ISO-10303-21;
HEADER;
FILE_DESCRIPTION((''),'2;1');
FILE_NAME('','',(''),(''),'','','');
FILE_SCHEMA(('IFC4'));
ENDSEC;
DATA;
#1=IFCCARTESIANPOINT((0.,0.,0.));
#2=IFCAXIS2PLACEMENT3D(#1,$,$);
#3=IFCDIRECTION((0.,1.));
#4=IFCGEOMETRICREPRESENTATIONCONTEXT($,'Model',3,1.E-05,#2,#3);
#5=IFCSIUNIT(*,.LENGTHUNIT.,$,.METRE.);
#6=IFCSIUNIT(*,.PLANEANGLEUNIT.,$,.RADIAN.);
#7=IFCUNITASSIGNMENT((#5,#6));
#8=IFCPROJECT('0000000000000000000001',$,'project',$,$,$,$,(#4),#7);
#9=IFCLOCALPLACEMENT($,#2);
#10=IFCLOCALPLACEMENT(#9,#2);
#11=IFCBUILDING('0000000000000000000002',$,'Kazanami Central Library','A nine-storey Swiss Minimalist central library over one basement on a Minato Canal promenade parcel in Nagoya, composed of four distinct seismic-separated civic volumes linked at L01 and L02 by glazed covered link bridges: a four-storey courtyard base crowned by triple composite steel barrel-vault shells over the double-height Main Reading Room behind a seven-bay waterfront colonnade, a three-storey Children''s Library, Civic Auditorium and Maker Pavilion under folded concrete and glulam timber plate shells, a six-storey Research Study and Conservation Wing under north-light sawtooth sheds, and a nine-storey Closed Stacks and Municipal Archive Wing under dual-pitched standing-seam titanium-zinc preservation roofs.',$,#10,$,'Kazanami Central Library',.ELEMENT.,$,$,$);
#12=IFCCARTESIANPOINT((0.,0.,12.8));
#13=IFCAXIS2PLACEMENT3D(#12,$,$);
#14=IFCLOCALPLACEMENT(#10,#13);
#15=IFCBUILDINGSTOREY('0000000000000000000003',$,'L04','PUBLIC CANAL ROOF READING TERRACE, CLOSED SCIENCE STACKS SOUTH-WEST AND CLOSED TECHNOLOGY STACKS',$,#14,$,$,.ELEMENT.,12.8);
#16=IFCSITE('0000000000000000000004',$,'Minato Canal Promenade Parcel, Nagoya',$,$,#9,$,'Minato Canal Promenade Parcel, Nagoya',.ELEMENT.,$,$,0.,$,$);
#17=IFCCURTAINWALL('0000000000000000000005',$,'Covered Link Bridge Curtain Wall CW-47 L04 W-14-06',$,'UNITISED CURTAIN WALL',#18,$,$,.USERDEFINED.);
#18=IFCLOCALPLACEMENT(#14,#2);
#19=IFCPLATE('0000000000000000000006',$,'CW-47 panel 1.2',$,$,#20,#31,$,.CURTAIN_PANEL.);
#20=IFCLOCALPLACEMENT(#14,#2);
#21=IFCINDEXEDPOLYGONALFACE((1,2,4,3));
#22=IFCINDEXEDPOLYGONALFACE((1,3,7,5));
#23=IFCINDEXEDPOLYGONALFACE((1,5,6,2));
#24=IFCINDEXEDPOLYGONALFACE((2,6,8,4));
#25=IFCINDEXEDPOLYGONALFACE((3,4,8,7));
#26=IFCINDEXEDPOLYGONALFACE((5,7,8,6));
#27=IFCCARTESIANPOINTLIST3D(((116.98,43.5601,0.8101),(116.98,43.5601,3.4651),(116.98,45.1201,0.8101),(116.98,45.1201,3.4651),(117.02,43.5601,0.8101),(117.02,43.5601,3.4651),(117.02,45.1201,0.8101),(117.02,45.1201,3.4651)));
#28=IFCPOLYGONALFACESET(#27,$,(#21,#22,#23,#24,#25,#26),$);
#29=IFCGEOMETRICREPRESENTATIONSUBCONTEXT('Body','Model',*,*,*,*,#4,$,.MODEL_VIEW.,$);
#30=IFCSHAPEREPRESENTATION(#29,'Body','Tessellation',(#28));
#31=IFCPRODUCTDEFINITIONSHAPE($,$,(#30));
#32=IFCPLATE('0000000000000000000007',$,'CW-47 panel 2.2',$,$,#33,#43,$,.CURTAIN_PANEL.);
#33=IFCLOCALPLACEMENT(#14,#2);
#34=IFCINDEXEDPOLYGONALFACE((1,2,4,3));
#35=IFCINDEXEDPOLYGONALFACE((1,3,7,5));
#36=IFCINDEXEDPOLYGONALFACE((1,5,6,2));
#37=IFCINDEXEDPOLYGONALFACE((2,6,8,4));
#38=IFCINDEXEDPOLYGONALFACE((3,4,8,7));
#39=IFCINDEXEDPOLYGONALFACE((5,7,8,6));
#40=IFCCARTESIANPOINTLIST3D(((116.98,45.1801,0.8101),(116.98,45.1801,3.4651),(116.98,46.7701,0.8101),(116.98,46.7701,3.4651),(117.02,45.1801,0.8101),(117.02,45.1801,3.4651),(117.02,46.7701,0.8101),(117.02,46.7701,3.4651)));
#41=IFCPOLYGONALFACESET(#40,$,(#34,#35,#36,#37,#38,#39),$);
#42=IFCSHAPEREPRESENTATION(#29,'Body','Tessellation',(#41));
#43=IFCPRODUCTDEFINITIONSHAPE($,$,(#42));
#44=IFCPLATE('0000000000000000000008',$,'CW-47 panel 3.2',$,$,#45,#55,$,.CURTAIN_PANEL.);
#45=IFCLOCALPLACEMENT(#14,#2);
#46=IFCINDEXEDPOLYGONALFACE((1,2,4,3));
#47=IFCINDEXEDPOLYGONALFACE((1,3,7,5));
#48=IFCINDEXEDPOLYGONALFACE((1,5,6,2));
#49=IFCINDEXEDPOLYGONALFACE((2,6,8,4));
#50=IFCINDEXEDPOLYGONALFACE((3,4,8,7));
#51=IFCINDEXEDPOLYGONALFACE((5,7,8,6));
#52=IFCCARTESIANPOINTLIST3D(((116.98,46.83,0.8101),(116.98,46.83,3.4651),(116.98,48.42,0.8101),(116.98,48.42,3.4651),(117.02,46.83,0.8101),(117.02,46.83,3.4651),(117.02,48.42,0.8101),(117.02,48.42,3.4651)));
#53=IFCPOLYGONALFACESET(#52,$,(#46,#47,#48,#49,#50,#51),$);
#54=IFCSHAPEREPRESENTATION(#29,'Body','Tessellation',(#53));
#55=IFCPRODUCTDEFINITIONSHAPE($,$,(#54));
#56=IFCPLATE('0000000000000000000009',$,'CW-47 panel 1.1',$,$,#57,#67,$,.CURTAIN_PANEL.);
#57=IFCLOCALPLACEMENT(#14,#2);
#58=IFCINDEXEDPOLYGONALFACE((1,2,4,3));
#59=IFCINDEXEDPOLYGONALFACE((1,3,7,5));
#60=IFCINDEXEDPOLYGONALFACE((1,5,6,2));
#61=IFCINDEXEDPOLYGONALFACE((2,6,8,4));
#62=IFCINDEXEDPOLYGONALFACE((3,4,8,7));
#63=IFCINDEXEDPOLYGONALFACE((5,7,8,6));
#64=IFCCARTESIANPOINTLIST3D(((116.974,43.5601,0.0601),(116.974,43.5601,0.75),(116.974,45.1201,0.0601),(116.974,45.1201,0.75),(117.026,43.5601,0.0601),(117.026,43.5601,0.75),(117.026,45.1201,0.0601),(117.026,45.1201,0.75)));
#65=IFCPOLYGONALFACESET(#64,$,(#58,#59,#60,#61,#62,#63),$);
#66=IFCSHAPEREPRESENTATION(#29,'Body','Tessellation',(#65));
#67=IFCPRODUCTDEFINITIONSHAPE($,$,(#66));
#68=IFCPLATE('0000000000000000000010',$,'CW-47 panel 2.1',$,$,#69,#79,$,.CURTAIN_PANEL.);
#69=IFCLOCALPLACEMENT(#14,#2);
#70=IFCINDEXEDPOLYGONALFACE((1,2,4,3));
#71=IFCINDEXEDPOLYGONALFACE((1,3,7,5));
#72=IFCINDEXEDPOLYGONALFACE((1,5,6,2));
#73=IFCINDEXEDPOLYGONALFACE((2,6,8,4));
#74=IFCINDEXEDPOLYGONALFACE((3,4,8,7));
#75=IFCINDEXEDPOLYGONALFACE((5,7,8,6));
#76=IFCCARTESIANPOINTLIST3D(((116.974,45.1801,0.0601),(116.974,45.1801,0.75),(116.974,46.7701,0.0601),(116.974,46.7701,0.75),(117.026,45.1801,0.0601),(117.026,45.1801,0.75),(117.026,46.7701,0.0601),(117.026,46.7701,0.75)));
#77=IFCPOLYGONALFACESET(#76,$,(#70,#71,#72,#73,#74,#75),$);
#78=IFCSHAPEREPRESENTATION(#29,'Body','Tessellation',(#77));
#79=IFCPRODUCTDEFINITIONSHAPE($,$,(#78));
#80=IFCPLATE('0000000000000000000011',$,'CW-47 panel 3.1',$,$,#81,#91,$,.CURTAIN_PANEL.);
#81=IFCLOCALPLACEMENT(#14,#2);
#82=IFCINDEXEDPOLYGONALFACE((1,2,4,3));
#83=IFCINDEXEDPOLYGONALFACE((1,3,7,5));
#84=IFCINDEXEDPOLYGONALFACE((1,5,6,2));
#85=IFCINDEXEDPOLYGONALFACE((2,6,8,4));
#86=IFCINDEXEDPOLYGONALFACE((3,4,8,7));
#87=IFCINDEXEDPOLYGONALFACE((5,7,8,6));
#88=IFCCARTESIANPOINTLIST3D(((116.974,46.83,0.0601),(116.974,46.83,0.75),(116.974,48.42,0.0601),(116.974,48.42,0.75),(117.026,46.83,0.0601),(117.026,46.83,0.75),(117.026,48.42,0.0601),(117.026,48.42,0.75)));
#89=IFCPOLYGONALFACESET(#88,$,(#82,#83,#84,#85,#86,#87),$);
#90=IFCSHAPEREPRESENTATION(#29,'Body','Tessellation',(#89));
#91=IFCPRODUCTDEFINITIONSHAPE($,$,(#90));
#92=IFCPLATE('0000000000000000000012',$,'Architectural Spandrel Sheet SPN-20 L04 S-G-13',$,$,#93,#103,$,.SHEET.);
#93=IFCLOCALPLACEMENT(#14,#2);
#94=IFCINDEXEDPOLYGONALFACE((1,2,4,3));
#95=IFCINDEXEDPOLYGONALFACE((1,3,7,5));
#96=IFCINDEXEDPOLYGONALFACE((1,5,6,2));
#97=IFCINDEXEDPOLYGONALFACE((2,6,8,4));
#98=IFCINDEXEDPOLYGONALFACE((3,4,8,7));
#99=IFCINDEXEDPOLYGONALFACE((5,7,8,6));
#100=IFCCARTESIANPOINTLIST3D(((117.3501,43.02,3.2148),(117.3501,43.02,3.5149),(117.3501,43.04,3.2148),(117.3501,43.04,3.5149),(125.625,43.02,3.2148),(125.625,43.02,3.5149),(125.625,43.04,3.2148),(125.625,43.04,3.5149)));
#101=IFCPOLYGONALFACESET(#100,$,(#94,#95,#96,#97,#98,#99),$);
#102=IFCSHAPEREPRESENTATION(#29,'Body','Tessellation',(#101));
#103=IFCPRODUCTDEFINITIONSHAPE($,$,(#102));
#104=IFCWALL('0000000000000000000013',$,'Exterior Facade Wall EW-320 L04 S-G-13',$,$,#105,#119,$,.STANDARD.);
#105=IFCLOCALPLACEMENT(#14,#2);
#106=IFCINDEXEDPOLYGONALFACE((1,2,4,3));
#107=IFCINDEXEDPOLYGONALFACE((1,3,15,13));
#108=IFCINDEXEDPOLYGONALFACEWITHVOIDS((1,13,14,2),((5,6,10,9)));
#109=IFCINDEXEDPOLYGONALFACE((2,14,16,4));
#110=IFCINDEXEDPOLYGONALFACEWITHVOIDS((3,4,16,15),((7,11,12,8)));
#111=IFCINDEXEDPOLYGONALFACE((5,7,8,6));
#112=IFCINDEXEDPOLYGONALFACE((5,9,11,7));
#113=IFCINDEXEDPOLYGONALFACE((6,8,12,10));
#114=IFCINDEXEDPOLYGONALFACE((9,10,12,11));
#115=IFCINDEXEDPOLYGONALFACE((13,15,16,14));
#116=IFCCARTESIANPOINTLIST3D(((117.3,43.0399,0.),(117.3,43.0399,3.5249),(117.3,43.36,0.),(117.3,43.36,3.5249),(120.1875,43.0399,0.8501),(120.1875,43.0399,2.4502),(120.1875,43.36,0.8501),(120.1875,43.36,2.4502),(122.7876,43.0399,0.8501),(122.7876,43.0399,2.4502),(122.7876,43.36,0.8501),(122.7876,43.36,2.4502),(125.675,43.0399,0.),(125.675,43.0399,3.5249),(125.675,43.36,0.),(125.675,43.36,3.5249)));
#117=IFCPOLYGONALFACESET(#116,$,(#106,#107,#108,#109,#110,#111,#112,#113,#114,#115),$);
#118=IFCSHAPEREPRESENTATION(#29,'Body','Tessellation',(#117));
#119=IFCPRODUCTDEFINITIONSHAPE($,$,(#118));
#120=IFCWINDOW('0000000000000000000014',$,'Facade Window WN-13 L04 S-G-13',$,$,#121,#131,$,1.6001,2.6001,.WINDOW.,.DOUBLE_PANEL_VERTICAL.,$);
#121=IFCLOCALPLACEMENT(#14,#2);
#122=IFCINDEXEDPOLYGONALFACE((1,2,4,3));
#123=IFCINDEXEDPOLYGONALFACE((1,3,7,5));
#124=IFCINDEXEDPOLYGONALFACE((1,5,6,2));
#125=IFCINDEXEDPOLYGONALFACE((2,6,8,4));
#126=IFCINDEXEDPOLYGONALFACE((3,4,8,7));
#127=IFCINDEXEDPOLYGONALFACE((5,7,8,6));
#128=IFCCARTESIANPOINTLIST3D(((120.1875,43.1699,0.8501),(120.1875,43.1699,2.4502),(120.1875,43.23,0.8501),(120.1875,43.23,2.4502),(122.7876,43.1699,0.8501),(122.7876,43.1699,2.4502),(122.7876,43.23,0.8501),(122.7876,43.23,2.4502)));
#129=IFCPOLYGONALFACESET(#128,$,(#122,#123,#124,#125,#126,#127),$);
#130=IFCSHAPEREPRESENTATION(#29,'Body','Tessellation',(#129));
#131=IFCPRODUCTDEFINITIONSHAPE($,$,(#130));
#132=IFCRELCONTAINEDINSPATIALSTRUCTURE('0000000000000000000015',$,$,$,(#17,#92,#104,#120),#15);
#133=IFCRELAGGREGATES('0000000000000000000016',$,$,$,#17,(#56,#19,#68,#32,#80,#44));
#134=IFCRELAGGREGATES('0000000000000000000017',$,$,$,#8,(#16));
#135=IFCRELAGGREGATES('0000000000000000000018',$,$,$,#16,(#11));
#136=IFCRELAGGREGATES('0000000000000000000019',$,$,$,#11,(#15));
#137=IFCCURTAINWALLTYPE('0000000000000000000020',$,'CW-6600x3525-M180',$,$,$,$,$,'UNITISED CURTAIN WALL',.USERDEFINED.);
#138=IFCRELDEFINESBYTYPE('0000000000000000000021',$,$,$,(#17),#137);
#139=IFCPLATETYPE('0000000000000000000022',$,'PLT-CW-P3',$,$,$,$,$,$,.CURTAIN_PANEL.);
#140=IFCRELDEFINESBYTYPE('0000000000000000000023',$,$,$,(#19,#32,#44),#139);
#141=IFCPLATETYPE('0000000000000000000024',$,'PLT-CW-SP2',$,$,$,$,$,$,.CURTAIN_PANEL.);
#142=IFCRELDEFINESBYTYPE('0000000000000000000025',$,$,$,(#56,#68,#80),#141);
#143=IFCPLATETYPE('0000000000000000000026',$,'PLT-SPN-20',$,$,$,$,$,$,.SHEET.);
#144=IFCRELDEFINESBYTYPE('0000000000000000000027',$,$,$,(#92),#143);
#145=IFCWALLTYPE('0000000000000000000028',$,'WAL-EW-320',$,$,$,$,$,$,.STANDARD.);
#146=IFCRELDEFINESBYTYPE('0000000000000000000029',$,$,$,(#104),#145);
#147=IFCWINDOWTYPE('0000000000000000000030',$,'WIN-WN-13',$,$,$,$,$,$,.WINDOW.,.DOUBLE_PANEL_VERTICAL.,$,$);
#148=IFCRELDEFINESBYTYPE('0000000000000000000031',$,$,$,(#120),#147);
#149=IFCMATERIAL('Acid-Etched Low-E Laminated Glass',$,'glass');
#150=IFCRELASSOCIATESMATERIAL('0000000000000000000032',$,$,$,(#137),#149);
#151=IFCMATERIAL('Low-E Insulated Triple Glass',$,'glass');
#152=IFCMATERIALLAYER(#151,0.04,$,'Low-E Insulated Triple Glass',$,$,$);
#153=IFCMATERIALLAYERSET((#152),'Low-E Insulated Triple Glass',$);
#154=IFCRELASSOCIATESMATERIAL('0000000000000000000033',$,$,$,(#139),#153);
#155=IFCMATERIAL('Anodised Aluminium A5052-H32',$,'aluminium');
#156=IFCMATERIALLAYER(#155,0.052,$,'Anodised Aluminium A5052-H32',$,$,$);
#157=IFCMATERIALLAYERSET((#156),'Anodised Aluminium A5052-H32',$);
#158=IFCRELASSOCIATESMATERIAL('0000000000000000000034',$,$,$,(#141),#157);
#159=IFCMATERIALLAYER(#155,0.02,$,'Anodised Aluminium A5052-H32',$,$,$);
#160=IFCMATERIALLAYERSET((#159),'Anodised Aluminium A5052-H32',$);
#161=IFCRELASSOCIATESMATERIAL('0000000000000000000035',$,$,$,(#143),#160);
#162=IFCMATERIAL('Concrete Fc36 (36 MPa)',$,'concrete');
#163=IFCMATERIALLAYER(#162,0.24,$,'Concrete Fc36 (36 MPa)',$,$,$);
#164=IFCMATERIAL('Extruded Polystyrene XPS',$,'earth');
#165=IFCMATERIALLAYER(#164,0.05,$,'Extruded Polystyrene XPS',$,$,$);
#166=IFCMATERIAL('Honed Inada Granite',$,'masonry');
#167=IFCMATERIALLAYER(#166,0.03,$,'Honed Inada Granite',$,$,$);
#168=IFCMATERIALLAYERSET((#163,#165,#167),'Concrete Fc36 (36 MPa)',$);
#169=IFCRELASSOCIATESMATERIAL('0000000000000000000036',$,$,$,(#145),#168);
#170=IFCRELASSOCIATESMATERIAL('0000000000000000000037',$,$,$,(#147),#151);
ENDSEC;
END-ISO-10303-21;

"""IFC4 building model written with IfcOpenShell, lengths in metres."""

from ifc_helpers import new_model, si_unit, direction, frame, frame_2d, origin, origin_2d, place, context, subcontext, project, spatial, rectangle, extrude, material, layer, layer_set, type_object, element, fill, aggregate, save


model = new_model("IFC4")

# Units and contexts
model_context = context("Model", 3, precision=1e-05, world=origin(), true_north=direction((0.0, 1.0)))
body_context = subcontext(model_context, "Body", "Model", "MODEL_VIEW")
ifc_project = project(units=[si_unit("LENGTHUNIT", "METRE"), si_unit("PLANEANGLEUNIT", "RADIAN")], contexts=[model_context])

# Site, building, storey
site_placement = place(None, origin())
site = spatial("IfcSite", under=ifc_project, at=site_placement, Name="Minato Canal Promenade Parcel, Nagoya", LongName="Minato Canal Promenade Parcel, Nagoya", CompositionType="ELEMENT", RefElevation=0.0)
building_placement = place(site_placement, origin())
building = spatial("IfcBuilding", under=site, at=building_placement, Name="Kazanami Central Library", Description="A nine-storey Swiss Minimalist central library over one basement on a Minato Canal promenade parcel in Nagoya, composed of four distinct seismic-separated civic volumes linked at L01 and L02 by glazed covered link bridges: a four-storey courtyard base crowned by triple composite steel barrel-vault shells over the double-height Main Reading Room behind a seven-bay waterfront colonnade, a three-storey Children's Library, Civic Auditorium and Maker Pavilion under folded concrete and glulam timber plate shells, a six-storey Research Study and Conservation Wing under north-light sawtooth sheds, and a nine-storey Closed Stacks and Municipal Archive Wing under dual-pitched standing-seam titanium-zinc preservation roofs.", LongName="Kazanami Central Library", CompositionType="ELEMENT")
storey_placement = place(building_placement, frame((0.0, 0.0, 12.8)))
storey = spatial("IfcBuildingStorey", under=building, at=storey_placement, Name="L04", Description="PUBLIC CANAL ROOF READING TERRACE, CLOSED SCIENCE STACKS SOUTH-WEST AND CLOSED TECHNOLOGY STACKS", CompositionType="ELEMENT", Elevation=12.8)

# Curtain wall, plates
ifc_material_1 = material(Name="Acid-Etched Low-E Laminated Glass", Category="glass")
curtain_wall_type = type_object("IfcCurtainWallType", Name="CW-6600x3525-M180", ElementType="UNITISED CURTAIN WALL", PredefinedType="USERDEFINED", material=ifc_material_1)
curtain_wall_placement = place(storey_placement, origin())
curtain_wall = element("IfcCurtainWall", 1, at=curtain_wall_placement, inside=storey, type_object=curtain_wall_type, Name="Covered Link Bridge Curtain Wall CW-47 L04 W-14-06", ObjectType="UNITISED CURTAIN WALL", PredefinedType="USERDEFINED")
ifc_material_2 = material(Name="Low-E Insulated Triple Glass", Category="glass")
ifc_layer_1 = layer(ifc_material_2, 0.04, Name="Low-E Insulated Triple Glass")
ifc_layer_set_1 = layer_set([ifc_layer_1], Name="Low-E Insulated Triple Glass")
plate_type_1 = type_object("IfcPlateType", Name="PLT-CW-P3", PredefinedType="CURTAIN_PANEL", material=ifc_layer_set_1)
plate_1_placement = place(storey_placement, frame((117.0, 44.3401, 0.8101), z_axis=(0.0, 0.0, 1.0), x_axis=(0.0, 1.0, 0.0)))
plate_1 = element("IfcPlate", 2, at=plate_1_placement, type_object=plate_type_1, Name="CW-47 panel 1.2", PredefinedType="CURTAIN_PANEL", context=body_context, shape_type="SweptSolid", body=[
    extrude(rectangle(XDim=1.5601, YDim=0.04, at=origin_2d()), origin(), (0.0, 0.0, 1.0), 2.655),
])
plate_2_placement = place(storey_placement, frame((117.0, 45.9751, 0.8101), z_axis=(0.0, 0.0, 1.0), x_axis=(0.0, 1.0, 0.0)))
plate_2 = element("IfcPlate", 3, at=plate_2_placement, type_object=plate_type_1, Name="CW-47 panel 2.2", PredefinedType="CURTAIN_PANEL", context=body_context, shape_type="SweptSolid", body=[
    extrude(rectangle(XDim=1.5901, YDim=0.04, at=origin_2d()), origin(), (0.0, 0.0, 1.0), 2.655),
])
plate_3_placement = place(storey_placement, frame((117.0, 47.625, 0.8101), z_axis=(0.0, 0.0, 1.0), x_axis=(0.0, 1.0, 0.0)))
plate_3 = element("IfcPlate", 4, at=plate_3_placement, type_object=plate_type_1, Name="CW-47 panel 3.2", PredefinedType="CURTAIN_PANEL", context=body_context, shape_type="SweptSolid", body=[
    extrude(rectangle(XDim=1.5901, YDim=0.04, at=origin_2d()), origin(), (0.0, 0.0, 1.0), 2.655),
])
ifc_material_3 = material(Name="Anodised Aluminium A5052-H32", Category="aluminium")
ifc_layer_2 = layer(ifc_material_3, 0.052, Name="Anodised Aluminium A5052-H32")
ifc_layer_set_2 = layer_set([ifc_layer_2], Name="Anodised Aluminium A5052-H32")
plate_type_2 = type_object("IfcPlateType", Name="PLT-CW-SP2", PredefinedType="CURTAIN_PANEL", material=ifc_layer_set_2)
plate_4_placement = place(storey_placement, frame((117.0, 44.3401, 0.0601), z_axis=(0.0, 0.0, 1.0), x_axis=(0.0, 1.0, 0.0)))
plate_4 = element("IfcPlate", 5, at=plate_4_placement, type_object=plate_type_2, Name="CW-47 panel 1.1", PredefinedType="CURTAIN_PANEL", context=body_context, shape_type="SweptSolid", body=[
    extrude(rectangle(XDim=1.5601, YDim=0.052, at=origin_2d()), origin(), (0.0, 0.0, 1.0), 0.6899),
])
plate_5_placement = place(storey_placement, frame((117.0, 45.9751, 0.0601), z_axis=(0.0, 0.0, 1.0), x_axis=(0.0, 1.0, 0.0)))
plate_5 = element("IfcPlate", 6, at=plate_5_placement, type_object=plate_type_2, Name="CW-47 panel 2.1", PredefinedType="CURTAIN_PANEL", context=body_context, shape_type="SweptSolid", body=[
    extrude(rectangle(XDim=1.5901, YDim=0.052, at=origin_2d()), origin(), (0.0, 0.0, 1.0), 0.6899),
])
plate_6_placement = place(storey_placement, frame((117.0, 47.625, 0.0601), z_axis=(0.0, 0.0, 1.0), x_axis=(0.0, 1.0, 0.0)))
plate_6 = element("IfcPlate", 7, at=plate_6_placement, type_object=plate_type_2, Name="CW-47 panel 3.1", PredefinedType="CURTAIN_PANEL", context=body_context, shape_type="SweptSolid", body=[
    extrude(rectangle(XDim=1.5901, YDim=0.052, at=origin_2d()), origin(), (0.0, 0.0, 1.0), 0.6899),
])
aggregate(curtain_wall, [plate_4, plate_1, plate_5, plate_2, plate_6, plate_3])

# Plate
ifc_layer_3 = layer(ifc_material_3, 0.02, Name="Anodised Aluminium A5052-H32")
ifc_layer_set_3 = layer_set([ifc_layer_3], Name="Anodised Aluminium A5052-H32")
plate_type_3 = type_object("IfcPlateType", Name="PLT-SPN-20", PredefinedType="SHEET", material=ifc_layer_set_3)
plate_7_placement = place(storey_placement, frame((121.4875, 43.03, 3.2148), z_axis=(0.0, 0.0, 1.0), x_axis=(1.0, 0.0, 0.0)))
element("IfcPlate", 8, at=plate_7_placement, inside=storey, type_object=plate_type_3, Name="Architectural Spandrel Sheet SPN-20 L04 S-G-13", PredefinedType="SHEET", context=body_context, shape_type="SweptSolid", body=[
    extrude(rectangle(XDim=8.2749, YDim=0.02, at=origin_2d()), origin(), (0.0, 0.0, 1.0), 0.3),
])

# Wall, opening, window
ifc_material_4 = material(Name="Concrete Fc36 (36 MPa)", Category="concrete")
ifc_layer_4 = layer(ifc_material_4, 0.24, Name="Concrete Fc36 (36 MPa)")
ifc_material_5 = material(Name="Extruded Polystyrene XPS", Category="earth")
ifc_layer_5 = layer(ifc_material_5, 0.05, Name="Extruded Polystyrene XPS")
ifc_material_6 = material(Name="Honed Inada Granite", Category="masonry")
ifc_layer_6 = layer(ifc_material_6, 0.03, Name="Honed Inada Granite")
ifc_layer_set_4 = layer_set([ifc_layer_4, ifc_layer_5, ifc_layer_6], Name="Concrete Fc36 (36 MPa)")
wall_type = type_object("IfcWallType", Name="WAL-EW-320", PredefinedType="STANDARD", material=ifc_layer_set_4)
wall_placement = place(storey_placement, frame((117.3, 43.2, 0.0), z_axis=(0.0, 0.0, 1.0), x_axis=(1.0, 0.0, 0.0)))
wall = element("IfcWall", 9, at=wall_placement, inside=storey, type_object=wall_type, Name="Exterior Facade Wall EW-320 L04 S-G-13", PredefinedType="STANDARD", context=body_context, shape_type="SweptSolid", body=[
    extrude(rectangle(XDim=8.375, YDim=0.3201, at=frame_2d((4.1875, 0.0))), origin(), (0.0, 0.0, 1.0), 3.5249),
])
opening_placement = place(wall_placement, frame((2.8875, 0.0, 0.8501)))
opening = element("IfcOpeningElement", 10, at=opening_placement, cuts=wall, PredefinedType="OPENING", context=body_context, shape_type="SweptSolid", body=[
    extrude(rectangle(XDim=2.6001, YDim=1.6001, at=frame_2d((1.3, 0.8))), frame((0.0, 0.1719, 0.0), z_axis=(0.0, -1.0, 0.0), x_axis=(1.0, 0.0, 0.0)), (0.0, 0.0, 1.0), 0.344),
])
window_type = type_object("IfcWindowType", Name="WIN-WN-13", PartitioningType="DOUBLE_PANEL_VERTICAL", PredefinedType="WINDOW", material=ifc_material_2)
window_placement = place(opening_placement, origin())
window = element("IfcWindow", 11, at=window_placement, inside=storey, type_object=window_type, Name="Facade Window WN-13 L04 S-G-13", OverallHeight=1.6001, OverallWidth=2.6001, PartitioningType="DOUBLE_PANEL_VERTICAL", PredefinedType="WINDOW", context=body_context, shape_type="SweptSolid", body=[
    extrude(rectangle(XDim=2.6001, YDim=1.6001, at=frame_2d((1.3, 0.8))), frame((0.0, 0.03, 0.0), z_axis=(0.0, -1.0, 0.0), x_axis=(1.0, 0.0, 0.0)), (0.0, 0.0, 1.0), 0.0601),
])
fill(opening, window)

save(model, "model.ifc")
